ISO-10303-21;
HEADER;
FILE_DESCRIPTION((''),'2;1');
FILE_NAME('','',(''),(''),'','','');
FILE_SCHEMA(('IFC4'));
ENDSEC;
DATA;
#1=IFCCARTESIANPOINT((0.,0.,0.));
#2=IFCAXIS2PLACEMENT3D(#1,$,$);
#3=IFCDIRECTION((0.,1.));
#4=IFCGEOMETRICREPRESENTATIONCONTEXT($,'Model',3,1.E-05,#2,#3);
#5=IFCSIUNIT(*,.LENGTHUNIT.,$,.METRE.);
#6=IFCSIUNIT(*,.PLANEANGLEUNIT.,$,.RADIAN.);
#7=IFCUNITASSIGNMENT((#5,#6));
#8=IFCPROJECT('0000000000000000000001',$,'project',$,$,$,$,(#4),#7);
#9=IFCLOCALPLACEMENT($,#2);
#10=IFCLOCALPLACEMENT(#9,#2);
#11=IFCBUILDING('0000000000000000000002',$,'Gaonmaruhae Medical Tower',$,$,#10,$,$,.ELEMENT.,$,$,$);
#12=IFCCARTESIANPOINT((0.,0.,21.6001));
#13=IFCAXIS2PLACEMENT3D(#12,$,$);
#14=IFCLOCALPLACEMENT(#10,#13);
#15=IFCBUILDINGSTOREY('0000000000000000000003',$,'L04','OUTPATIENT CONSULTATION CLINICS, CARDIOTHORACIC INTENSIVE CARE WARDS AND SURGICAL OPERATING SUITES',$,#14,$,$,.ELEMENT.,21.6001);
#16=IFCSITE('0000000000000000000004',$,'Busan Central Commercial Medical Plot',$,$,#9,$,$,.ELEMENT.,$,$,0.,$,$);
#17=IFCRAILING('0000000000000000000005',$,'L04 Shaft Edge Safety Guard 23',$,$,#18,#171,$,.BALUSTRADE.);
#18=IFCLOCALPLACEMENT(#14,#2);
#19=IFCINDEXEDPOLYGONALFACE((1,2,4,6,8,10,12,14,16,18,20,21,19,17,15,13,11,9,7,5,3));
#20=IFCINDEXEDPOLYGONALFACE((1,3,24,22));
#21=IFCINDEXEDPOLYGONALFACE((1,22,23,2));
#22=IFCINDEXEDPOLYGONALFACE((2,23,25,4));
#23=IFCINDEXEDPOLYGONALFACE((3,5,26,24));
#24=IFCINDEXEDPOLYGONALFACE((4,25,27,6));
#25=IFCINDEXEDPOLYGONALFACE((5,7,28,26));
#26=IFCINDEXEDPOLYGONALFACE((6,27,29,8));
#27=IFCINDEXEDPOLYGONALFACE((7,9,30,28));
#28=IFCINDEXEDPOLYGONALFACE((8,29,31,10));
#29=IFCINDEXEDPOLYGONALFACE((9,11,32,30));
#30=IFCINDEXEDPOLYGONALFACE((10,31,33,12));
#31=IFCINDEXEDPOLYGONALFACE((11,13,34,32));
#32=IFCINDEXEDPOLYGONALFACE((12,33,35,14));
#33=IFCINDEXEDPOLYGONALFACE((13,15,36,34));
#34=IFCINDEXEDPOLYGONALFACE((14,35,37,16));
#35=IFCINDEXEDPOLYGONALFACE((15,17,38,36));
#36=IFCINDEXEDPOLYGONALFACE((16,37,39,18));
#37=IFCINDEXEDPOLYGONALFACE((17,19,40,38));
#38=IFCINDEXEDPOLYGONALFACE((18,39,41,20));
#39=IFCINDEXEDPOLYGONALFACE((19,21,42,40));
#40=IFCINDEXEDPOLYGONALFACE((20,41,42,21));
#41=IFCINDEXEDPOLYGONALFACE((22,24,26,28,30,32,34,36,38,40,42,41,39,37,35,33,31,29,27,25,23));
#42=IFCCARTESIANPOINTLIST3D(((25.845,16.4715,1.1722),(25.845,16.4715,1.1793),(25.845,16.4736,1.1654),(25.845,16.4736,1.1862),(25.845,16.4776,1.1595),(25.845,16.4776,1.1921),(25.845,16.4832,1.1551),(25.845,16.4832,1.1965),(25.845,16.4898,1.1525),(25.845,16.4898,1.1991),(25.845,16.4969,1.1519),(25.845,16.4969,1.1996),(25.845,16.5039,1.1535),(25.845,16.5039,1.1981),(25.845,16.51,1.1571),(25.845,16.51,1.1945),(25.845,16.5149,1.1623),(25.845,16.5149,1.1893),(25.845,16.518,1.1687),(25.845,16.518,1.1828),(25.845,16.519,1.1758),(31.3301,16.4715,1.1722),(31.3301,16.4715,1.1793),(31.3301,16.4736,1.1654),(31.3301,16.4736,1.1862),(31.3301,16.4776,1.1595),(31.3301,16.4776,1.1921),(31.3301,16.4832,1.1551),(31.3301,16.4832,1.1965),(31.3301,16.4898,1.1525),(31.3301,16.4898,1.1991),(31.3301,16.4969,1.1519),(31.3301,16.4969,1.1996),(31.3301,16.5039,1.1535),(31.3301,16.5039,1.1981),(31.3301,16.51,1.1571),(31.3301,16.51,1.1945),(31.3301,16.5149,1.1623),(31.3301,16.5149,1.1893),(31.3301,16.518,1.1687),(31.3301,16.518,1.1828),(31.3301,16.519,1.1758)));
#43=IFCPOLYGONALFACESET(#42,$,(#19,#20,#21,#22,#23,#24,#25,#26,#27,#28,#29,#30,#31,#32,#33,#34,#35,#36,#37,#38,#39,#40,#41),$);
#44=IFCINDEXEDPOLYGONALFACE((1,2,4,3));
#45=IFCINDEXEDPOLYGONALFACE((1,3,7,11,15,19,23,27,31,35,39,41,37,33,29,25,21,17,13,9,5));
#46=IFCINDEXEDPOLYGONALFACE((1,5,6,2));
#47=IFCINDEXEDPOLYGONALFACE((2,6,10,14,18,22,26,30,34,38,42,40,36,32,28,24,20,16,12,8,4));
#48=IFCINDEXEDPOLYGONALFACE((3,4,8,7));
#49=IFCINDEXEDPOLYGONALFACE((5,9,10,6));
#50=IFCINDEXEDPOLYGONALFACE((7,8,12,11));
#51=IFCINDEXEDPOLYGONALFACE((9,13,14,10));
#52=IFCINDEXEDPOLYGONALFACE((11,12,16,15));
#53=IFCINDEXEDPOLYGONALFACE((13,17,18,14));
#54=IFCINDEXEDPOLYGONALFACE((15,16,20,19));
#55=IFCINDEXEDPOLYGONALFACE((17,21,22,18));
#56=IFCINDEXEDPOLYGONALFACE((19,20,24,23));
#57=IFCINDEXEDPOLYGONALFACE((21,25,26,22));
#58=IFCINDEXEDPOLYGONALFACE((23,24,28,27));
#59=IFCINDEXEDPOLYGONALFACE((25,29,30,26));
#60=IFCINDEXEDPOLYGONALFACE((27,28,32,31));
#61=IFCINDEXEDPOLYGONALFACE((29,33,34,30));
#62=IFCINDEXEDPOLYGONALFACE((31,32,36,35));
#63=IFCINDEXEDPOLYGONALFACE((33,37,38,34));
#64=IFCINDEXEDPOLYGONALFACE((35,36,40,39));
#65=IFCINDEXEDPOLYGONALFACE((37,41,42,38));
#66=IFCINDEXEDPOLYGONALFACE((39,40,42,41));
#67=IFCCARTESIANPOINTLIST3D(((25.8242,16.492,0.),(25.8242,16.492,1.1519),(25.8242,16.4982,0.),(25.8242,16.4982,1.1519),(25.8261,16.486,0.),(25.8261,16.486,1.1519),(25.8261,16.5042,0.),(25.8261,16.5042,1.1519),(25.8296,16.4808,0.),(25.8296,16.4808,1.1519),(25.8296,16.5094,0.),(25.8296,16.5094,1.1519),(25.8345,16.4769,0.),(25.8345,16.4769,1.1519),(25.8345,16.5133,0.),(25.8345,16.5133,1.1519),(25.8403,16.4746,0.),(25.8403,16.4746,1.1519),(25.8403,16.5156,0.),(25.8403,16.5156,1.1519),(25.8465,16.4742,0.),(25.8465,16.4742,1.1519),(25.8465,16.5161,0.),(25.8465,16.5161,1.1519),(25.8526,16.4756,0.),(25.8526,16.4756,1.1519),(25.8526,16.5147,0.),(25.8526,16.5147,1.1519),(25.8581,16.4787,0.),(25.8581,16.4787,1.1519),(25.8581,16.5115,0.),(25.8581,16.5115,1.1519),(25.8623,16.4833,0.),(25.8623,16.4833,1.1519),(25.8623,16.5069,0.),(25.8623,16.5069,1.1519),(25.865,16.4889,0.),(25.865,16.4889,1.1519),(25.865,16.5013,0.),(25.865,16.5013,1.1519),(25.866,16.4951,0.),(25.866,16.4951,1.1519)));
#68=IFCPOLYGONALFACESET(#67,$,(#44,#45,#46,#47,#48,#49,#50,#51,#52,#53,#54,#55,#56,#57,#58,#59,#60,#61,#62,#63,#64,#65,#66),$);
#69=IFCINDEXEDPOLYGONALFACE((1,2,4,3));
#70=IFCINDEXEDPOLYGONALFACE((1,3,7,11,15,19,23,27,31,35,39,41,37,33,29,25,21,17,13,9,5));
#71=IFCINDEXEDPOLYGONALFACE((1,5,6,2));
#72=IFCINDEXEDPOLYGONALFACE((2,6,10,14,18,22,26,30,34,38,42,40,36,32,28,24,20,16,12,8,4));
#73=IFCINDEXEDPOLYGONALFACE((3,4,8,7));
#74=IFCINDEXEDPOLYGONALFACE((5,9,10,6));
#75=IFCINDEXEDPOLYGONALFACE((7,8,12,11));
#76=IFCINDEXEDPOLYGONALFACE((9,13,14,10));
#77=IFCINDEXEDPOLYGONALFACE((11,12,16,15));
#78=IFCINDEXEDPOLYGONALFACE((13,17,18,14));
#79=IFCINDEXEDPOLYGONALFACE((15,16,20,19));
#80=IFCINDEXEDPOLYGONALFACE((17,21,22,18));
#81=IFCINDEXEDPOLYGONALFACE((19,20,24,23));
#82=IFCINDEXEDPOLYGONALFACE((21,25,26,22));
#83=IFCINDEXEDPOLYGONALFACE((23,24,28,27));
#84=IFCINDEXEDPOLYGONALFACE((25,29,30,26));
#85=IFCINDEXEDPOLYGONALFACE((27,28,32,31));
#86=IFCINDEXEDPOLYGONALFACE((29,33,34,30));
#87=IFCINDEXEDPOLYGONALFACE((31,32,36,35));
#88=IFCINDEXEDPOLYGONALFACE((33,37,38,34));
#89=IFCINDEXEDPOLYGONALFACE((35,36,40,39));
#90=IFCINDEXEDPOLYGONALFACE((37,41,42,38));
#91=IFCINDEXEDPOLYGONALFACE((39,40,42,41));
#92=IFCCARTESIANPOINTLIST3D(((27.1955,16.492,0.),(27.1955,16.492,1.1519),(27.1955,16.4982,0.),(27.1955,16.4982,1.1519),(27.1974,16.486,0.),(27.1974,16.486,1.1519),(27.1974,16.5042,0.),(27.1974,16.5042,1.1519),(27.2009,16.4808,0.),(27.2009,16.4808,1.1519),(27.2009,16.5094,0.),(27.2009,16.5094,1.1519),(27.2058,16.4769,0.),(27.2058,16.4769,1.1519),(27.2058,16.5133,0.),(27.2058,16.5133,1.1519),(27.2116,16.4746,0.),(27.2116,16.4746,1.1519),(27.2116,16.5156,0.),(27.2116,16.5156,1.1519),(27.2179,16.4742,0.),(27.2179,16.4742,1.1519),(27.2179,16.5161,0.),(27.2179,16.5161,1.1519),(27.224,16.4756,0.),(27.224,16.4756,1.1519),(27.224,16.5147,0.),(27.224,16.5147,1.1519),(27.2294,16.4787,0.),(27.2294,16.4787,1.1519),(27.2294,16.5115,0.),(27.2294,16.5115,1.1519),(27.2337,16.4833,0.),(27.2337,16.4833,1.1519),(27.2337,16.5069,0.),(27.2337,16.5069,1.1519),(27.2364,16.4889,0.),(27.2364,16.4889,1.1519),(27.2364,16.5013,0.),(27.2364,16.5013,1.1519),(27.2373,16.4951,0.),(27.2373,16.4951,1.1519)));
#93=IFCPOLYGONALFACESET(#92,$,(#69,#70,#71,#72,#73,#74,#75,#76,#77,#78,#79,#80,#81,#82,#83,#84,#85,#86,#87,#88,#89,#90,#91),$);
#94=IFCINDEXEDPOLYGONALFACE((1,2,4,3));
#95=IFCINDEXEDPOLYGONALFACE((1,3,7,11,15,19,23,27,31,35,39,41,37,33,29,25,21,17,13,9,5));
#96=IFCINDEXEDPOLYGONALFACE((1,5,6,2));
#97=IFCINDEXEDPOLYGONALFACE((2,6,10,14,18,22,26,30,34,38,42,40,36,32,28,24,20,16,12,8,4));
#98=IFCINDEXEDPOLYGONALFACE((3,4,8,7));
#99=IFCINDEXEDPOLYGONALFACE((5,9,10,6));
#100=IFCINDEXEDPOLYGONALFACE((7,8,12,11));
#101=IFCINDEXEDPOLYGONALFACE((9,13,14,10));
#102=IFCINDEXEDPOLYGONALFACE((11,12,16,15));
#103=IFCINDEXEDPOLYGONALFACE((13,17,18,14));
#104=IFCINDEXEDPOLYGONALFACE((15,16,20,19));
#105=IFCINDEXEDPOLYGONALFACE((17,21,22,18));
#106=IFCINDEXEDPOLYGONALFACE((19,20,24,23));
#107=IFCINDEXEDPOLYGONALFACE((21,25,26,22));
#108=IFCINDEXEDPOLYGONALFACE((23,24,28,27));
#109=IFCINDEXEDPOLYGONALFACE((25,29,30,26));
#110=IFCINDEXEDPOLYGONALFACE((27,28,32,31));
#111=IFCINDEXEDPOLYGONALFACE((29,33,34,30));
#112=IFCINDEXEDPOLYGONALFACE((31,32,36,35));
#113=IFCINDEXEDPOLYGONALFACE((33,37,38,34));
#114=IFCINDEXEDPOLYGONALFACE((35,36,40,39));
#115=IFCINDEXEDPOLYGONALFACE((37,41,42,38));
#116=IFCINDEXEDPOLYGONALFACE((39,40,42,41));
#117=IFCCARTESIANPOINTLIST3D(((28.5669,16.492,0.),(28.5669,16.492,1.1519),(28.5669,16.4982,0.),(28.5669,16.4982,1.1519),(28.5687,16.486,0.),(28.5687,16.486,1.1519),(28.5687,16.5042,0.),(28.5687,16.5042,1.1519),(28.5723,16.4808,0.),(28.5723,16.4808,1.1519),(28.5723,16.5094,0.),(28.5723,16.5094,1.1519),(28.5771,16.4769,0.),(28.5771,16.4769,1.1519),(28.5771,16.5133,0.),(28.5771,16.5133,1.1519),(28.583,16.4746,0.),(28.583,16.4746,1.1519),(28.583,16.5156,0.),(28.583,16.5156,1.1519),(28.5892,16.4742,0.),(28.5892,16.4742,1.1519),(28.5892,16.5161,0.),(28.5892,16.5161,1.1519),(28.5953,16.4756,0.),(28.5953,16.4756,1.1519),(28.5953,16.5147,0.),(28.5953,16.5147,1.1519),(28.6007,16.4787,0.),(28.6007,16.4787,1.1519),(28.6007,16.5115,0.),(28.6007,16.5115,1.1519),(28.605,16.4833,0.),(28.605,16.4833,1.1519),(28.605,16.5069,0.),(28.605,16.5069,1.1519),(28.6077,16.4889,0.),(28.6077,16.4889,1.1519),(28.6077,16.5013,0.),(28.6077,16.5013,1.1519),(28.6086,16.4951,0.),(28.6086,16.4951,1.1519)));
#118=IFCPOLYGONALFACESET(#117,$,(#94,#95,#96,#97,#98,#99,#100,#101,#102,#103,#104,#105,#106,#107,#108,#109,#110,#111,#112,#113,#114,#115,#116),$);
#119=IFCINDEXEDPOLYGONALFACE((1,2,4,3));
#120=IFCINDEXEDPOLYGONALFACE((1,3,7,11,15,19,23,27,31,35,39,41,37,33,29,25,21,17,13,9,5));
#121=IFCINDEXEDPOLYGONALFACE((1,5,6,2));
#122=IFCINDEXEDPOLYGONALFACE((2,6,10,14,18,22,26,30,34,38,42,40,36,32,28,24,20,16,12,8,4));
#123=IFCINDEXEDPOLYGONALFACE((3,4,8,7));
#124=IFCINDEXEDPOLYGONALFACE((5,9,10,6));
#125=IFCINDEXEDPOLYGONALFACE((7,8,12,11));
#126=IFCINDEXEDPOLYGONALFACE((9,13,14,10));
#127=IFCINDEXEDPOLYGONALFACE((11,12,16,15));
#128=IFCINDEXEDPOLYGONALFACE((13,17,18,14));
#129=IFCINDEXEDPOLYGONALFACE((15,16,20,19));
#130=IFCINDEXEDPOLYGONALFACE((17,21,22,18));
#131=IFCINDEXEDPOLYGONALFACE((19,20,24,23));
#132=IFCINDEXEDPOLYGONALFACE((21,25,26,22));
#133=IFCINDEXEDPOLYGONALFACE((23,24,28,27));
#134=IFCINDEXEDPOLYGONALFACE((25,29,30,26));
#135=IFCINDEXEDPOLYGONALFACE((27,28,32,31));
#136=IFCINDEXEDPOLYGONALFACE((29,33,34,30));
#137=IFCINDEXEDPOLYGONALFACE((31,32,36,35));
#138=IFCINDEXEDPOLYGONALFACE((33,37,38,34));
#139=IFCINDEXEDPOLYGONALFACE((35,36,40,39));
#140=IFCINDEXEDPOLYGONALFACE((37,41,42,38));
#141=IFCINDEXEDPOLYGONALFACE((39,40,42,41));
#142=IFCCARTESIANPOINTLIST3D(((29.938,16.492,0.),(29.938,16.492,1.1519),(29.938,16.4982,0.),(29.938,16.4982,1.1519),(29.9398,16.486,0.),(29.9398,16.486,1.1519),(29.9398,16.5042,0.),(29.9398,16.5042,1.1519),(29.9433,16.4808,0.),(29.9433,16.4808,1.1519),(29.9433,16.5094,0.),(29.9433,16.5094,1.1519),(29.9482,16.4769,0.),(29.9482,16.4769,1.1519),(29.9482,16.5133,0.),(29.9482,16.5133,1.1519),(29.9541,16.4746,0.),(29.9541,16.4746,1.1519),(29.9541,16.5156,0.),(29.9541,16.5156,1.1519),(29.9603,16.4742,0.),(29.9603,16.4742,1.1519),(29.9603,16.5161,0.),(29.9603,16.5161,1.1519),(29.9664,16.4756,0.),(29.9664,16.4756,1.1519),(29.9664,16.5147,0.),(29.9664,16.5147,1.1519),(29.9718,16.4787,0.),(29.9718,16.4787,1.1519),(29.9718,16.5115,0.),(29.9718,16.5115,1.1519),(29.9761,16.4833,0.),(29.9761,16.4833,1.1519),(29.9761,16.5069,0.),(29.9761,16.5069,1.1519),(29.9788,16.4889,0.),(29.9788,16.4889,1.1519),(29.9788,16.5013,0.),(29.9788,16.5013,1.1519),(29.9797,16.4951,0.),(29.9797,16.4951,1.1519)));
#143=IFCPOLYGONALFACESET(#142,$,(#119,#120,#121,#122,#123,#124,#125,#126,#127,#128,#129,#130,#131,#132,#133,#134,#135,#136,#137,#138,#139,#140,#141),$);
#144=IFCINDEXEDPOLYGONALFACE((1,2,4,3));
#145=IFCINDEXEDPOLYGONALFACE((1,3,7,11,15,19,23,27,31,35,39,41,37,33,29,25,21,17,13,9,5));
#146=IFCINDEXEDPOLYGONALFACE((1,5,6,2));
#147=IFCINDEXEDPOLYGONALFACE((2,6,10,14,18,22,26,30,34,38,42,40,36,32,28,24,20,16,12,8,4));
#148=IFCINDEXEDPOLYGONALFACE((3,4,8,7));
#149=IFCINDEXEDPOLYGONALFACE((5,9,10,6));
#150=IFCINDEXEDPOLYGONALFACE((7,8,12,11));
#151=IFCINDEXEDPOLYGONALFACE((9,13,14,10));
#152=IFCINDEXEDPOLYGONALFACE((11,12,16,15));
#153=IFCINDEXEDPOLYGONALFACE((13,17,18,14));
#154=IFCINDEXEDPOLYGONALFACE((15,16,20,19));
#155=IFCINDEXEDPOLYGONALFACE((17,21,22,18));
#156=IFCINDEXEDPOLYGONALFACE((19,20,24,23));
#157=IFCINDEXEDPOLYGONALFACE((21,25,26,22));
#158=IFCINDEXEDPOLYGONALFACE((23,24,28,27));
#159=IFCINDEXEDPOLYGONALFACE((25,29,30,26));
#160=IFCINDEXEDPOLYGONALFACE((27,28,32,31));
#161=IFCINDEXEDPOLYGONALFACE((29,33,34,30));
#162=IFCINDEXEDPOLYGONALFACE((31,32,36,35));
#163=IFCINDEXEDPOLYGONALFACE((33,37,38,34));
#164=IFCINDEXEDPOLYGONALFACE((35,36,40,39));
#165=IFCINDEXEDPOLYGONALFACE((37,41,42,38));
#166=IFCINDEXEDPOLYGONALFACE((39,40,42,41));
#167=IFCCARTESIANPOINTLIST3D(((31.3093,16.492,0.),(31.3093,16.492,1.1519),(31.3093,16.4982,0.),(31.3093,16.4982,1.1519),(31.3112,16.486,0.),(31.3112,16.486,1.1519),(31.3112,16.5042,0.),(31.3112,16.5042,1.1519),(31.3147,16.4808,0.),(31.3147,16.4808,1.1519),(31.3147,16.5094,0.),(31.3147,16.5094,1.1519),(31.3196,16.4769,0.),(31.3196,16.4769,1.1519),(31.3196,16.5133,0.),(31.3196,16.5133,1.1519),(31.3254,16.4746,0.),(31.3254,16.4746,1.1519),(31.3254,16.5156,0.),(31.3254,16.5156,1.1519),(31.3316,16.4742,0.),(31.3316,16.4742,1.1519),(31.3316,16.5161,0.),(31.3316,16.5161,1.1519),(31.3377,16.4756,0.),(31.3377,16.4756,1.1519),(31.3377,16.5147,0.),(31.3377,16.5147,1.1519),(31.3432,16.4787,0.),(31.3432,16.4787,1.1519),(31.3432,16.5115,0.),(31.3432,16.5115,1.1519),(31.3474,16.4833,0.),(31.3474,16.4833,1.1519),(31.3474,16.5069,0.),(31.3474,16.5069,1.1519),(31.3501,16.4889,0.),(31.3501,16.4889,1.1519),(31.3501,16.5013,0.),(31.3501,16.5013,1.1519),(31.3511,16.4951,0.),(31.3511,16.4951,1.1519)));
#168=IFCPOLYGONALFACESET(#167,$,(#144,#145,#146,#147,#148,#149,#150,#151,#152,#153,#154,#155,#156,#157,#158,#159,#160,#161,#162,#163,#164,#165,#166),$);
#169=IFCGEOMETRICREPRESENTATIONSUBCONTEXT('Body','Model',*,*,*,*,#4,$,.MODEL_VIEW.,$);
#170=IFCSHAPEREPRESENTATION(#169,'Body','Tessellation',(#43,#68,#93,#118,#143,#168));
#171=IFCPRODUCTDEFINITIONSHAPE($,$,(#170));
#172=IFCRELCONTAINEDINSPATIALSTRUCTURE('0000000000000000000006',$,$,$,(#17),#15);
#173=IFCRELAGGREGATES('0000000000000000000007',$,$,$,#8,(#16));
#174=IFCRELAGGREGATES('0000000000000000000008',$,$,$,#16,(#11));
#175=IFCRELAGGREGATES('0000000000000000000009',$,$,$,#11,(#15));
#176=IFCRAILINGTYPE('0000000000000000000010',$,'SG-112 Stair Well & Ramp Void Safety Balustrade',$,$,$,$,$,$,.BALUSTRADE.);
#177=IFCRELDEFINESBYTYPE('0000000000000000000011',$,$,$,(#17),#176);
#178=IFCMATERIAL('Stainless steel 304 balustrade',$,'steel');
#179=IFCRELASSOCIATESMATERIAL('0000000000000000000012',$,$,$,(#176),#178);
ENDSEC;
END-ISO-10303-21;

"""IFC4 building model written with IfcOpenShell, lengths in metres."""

from ifc_helpers import new_model, si_unit, direction, frame, origin, origin_2d, place, context, subcontext, project, spatial, circle, extrude, material, type_object, element, save


model = new_model("IFC4")

# Units and contexts
model_context = context("Model", 3, precision=1e-05, world=origin(), true_north=direction((0.0, 1.0)))
body_context = subcontext(model_context, "Body", "Model", "MODEL_VIEW")
ifc_project = project(units=[si_unit("LENGTHUNIT", "METRE"), si_unit("PLANEANGLEUNIT", "RADIAN")], contexts=[model_context])

# Site, building, storey
site_placement = place(None, origin())
site = spatial("IfcSite", under=ifc_project, at=site_placement, Name="Busan Central Commercial Medical Plot", CompositionType="ELEMENT", RefElevation=0.0)
building_placement = place(site_placement, origin())
building = spatial("IfcBuilding", under=site, at=building_placement, Name="Gaonmaruhae Medical Tower", CompositionType="ELEMENT")
storey_placement = place(building_placement, frame((0.0, 0.0, 21.6001)))
storey = spatial("IfcBuildingStorey", under=building, at=storey_placement, Name="L04", Description="OUTPATIENT CONSULTATION CLINICS, CARDIOTHORACIC INTENSIVE CARE WARDS AND SURGICAL OPERATING SUITES", CompositionType="ELEMENT", Elevation=21.6001)

# Railing
ifc_material_1 = material(Name="Stainless steel 304 balustrade", Category="steel")
railing_type = type_object("IfcRailingType", Name="SG-112 Stair Well & Ramp Void Safety Balustrade", PredefinedType="BALUSTRADE", material=ifc_material_1)
railing_1_placement = place(storey_placement, frame((25.845, 16.4951, 0.0)))
element("IfcRailing", 1, at=railing_1_placement, inside=storey, type_object=railing_type, Name="L04 Shaft Edge Safety Guard 23", PredefinedType="BALUSTRADE", context=body_context, shape_type="SweptSolid", body=[
    extrude(circle(Radius=0.0239, at=origin_2d()), frame((0.0, 0.0, 1.1758), z_axis=(1.0, 0.0, 0.0), x_axis=(0.0, 1.0, 0.0)), (0.0, 0.0, 1.0), 5.4851),
    extrude(circle(Radius=0.021, at=origin_2d()), origin(), (0.0, 0.0, 1.0), 1.1519),
    extrude(circle(Radius=0.021, at=origin_2d()), frame((1.3713, 0.0, 0.0)), (0.0, 0.0, 1.0), 1.1519),
    extrude(circle(Radius=0.021, at=origin_2d()), frame((2.7427, 0.0, 0.0)), (0.0, 0.0, 1.0), 1.1519),
    extrude(circle(Radius=0.021, at=origin_2d()), frame((4.1138, 0.0, 0.0)), (0.0, 0.0, 1.0), 1.1519),
    extrude(circle(Radius=0.021, at=origin_2d()), frame((5.4851, 0.0, 0.0)), (0.0, 0.0, 1.0), 1.1519),
])

save(model, "model.ifc")
